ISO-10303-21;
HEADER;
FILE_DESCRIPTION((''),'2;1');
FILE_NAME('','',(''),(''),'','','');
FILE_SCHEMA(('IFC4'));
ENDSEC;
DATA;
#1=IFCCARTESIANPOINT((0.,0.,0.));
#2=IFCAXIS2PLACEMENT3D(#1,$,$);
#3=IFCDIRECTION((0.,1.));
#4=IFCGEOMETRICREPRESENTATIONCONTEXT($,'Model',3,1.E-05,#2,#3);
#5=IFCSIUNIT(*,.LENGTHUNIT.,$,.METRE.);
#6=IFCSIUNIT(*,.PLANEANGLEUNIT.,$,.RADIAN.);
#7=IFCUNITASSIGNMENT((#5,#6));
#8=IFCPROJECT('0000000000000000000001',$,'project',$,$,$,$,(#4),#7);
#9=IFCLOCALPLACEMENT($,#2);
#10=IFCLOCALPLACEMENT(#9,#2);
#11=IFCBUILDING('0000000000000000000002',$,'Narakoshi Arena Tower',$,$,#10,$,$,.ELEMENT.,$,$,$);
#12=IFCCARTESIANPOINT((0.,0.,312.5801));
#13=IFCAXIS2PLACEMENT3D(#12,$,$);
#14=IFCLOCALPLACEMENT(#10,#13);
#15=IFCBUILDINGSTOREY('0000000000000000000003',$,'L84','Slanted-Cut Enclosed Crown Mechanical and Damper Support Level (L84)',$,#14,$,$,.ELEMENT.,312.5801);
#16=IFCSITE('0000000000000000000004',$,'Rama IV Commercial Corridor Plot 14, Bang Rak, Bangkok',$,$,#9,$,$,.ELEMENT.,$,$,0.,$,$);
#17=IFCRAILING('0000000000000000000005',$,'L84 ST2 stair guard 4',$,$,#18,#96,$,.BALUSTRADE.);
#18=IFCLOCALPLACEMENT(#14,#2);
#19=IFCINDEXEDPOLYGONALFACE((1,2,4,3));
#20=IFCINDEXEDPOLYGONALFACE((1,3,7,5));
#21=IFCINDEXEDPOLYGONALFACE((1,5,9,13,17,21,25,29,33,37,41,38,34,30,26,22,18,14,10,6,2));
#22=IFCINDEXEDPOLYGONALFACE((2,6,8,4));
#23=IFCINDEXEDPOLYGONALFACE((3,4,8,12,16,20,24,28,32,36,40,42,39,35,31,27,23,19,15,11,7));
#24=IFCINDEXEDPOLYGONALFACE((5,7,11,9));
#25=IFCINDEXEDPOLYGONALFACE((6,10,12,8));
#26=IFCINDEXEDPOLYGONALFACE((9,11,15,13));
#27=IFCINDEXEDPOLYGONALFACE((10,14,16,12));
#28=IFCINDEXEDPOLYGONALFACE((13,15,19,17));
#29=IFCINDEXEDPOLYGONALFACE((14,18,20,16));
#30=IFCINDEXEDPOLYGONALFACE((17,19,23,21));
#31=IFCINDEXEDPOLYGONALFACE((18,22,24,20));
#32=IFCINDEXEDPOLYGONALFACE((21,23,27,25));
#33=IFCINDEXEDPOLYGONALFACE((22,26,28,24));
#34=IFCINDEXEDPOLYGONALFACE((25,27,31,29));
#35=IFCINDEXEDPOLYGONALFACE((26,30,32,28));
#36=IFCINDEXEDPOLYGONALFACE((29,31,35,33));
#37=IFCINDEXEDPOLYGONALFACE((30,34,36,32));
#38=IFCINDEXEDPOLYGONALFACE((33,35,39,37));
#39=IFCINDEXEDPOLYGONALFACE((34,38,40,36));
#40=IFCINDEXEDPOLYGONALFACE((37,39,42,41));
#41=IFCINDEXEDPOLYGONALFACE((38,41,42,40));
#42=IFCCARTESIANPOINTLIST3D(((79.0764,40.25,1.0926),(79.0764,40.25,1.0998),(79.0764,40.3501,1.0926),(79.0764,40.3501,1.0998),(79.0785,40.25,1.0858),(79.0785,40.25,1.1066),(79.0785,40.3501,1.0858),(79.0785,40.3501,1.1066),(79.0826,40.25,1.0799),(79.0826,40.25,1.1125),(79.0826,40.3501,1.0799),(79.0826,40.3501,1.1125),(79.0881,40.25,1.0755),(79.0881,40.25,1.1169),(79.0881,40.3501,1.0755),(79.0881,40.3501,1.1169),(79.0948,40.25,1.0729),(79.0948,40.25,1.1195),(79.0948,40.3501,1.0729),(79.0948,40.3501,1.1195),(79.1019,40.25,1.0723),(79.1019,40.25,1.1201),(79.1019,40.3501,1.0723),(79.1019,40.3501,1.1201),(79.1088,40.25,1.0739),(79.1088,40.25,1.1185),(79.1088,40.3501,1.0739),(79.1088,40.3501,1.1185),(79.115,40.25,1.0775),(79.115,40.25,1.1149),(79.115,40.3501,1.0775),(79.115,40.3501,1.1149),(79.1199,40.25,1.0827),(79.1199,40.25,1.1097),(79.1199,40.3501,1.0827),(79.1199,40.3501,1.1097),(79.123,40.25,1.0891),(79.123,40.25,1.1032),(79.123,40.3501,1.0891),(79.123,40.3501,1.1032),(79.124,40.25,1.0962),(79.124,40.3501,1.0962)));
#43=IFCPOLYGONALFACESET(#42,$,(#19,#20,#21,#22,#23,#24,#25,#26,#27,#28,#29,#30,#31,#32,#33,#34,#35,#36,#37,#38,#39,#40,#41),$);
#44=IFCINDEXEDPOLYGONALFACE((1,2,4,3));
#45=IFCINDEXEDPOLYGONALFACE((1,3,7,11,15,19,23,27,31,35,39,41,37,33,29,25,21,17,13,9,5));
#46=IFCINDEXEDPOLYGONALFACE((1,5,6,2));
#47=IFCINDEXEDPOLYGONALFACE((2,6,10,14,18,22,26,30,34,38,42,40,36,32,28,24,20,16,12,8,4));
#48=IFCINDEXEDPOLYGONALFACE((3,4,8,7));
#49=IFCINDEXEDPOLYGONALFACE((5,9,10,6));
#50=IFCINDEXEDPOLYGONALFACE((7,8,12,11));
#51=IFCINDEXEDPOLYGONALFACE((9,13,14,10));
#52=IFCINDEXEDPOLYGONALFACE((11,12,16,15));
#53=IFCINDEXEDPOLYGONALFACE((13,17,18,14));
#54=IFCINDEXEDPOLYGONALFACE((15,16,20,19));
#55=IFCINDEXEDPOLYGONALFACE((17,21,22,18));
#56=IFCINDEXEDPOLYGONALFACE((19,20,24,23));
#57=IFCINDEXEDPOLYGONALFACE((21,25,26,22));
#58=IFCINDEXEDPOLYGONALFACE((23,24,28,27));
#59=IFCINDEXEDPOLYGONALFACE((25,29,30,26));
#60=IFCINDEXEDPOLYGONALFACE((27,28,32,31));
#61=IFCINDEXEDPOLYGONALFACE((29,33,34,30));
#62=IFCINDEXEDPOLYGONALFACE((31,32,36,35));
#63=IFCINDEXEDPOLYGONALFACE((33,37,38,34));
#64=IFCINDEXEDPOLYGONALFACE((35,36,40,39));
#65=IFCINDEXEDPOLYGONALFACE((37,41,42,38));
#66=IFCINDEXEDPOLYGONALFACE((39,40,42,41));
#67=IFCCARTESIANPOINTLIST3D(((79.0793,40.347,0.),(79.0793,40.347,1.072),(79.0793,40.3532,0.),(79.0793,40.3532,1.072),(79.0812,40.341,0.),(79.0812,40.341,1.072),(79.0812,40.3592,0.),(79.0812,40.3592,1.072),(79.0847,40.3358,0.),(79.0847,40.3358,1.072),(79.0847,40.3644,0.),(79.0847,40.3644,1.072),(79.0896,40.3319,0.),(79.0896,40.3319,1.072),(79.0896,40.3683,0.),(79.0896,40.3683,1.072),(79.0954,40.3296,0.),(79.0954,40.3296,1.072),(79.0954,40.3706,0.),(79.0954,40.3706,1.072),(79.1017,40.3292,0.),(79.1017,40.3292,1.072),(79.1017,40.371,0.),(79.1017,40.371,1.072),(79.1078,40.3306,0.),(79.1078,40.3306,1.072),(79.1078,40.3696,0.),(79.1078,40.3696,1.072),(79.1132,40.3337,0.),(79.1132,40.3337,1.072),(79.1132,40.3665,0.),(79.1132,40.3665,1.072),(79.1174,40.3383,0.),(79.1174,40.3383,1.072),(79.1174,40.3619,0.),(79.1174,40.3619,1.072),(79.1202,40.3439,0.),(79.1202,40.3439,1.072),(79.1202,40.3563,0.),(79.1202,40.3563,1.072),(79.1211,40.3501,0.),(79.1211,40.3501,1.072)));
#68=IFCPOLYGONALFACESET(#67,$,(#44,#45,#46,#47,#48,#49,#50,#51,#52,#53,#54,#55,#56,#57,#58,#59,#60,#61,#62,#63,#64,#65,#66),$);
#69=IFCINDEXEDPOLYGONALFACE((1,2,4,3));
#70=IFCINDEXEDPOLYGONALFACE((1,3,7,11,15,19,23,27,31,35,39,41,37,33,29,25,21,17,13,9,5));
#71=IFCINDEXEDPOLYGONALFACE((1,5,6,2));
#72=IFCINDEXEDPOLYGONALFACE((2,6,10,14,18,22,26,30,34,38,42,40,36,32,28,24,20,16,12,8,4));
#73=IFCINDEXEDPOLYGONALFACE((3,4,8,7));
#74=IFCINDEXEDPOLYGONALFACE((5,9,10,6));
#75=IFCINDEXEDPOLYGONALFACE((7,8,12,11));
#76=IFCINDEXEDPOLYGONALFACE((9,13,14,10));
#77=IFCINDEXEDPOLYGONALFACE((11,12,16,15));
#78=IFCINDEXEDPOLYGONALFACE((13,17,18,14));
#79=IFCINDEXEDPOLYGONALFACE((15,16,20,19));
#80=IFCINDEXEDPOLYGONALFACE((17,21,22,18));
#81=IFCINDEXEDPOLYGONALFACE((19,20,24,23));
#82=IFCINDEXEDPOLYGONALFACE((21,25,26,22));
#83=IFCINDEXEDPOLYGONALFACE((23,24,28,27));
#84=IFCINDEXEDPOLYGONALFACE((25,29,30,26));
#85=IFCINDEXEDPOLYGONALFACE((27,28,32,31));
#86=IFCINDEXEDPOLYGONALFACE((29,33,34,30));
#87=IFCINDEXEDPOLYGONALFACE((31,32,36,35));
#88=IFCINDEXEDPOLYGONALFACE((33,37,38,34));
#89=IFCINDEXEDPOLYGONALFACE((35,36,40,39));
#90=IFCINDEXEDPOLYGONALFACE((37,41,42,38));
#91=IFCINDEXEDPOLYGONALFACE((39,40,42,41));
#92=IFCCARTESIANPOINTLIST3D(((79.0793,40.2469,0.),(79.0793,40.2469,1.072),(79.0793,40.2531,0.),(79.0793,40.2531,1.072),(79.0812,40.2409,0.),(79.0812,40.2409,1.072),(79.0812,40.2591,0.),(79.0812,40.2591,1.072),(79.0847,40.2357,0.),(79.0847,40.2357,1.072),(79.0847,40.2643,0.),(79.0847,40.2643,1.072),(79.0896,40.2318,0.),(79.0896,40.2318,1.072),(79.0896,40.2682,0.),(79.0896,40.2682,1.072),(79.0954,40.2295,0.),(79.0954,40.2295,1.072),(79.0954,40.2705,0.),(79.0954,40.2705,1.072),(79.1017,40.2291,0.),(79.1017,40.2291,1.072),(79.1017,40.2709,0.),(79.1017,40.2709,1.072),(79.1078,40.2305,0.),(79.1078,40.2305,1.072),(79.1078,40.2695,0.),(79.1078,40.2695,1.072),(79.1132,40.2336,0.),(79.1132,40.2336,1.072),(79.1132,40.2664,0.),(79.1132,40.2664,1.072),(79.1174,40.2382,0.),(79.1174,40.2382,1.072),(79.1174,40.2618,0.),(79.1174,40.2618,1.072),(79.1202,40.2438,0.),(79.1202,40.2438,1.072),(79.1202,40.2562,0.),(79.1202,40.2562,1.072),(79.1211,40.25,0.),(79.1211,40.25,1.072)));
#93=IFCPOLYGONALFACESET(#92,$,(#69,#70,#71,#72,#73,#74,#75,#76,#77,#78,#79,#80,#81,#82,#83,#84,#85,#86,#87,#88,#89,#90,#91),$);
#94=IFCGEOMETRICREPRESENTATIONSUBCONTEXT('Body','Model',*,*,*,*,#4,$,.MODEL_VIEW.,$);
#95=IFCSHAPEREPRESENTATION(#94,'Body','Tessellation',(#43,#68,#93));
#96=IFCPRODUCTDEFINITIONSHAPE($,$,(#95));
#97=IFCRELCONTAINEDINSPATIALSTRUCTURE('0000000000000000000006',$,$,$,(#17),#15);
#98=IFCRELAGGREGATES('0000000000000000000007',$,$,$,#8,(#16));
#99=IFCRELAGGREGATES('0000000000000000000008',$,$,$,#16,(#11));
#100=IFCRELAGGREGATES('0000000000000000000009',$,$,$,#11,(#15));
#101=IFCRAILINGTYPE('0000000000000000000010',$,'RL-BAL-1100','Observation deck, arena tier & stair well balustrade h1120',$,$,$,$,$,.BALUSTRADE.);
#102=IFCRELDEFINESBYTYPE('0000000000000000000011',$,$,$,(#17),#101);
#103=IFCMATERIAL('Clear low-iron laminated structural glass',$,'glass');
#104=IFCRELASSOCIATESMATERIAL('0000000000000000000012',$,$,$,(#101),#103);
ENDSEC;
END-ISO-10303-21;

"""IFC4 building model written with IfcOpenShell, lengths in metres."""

from ifc_helpers import new_model, si_unit, direction, frame, origin, origin_2d, place, context, subcontext, project, spatial, circle, extrude, material, type_object, element, save


model = new_model("IFC4")

# Units and contexts
model_context = context("Model", 3, precision=1e-05, world=origin(), true_north=direction((0.0, 1.0)))
body_context = subcontext(model_context, "Body", "Model", "MODEL_VIEW")
ifc_project = project(units=[si_unit("LENGTHUNIT", "METRE"), si_unit("PLANEANGLEUNIT", "RADIAN")], contexts=[model_context])

# Site, building, storey
site_placement = place(None, origin())
site = spatial("IfcSite", under=ifc_project, at=site_placement, Name="Rama IV Commercial Corridor Plot 14, Bang Rak, Bangkok", CompositionType="ELEMENT", RefElevation=0.0)
building_placement = place(site_placement, origin())
building = spatial("IfcBuilding", under=site, at=building_placement, Name="Narakoshi Arena Tower", CompositionType="ELEMENT")
storey_placement = place(building_placement, frame((0.0, 0.0, 312.5801)))
storey = spatial("IfcBuildingStorey", under=building, at=storey_placement, Name="L84", Description="Slanted-Cut Enclosed Crown Mechanical and Damper Support Level (L84)", CompositionType="ELEMENT", Elevation=312.5801)

# Railing
ifc_material_1 = material(Name="Clear low-iron laminated structural glass", Category="glass")
railing_type_1 = type_object("IfcRailingType", Name="RL-BAL-1100", Description="Observation deck, arena tier & stair well balustrade h1120", PredefinedType="BALUSTRADE", material=ifc_material_1)
railing_1_placement = place(storey_placement, frame((79.1001, 40.3501, 0.0)))
element("IfcRailing", 1, at=railing_1_placement, inside=storey, type_object=railing_type_1, Name="L84 ST2 stair guard 4", PredefinedType="BALUSTRADE", context=body_context, shape_type="SweptSolid", body=[
    extrude(circle(Radius=0.0239, at=origin_2d()), frame((0.0, 0.0, 1.0962), z_axis=(0.0, -1.0, 0.0), x_axis=(1.0, 0.0, 0.0)), (0.0, 0.0, 1.0), 0.1001),
    extrude(circle(Radius=0.021, at=origin_2d()), origin(), (0.0, 0.0, 1.0), 1.072),
    extrude(circle(Radius=0.021, at=origin_2d()), frame((0.0, -0.1001, 0.0)), (0.0, 0.0, 1.0), 1.072),
])

save(model, "model.ifc")
